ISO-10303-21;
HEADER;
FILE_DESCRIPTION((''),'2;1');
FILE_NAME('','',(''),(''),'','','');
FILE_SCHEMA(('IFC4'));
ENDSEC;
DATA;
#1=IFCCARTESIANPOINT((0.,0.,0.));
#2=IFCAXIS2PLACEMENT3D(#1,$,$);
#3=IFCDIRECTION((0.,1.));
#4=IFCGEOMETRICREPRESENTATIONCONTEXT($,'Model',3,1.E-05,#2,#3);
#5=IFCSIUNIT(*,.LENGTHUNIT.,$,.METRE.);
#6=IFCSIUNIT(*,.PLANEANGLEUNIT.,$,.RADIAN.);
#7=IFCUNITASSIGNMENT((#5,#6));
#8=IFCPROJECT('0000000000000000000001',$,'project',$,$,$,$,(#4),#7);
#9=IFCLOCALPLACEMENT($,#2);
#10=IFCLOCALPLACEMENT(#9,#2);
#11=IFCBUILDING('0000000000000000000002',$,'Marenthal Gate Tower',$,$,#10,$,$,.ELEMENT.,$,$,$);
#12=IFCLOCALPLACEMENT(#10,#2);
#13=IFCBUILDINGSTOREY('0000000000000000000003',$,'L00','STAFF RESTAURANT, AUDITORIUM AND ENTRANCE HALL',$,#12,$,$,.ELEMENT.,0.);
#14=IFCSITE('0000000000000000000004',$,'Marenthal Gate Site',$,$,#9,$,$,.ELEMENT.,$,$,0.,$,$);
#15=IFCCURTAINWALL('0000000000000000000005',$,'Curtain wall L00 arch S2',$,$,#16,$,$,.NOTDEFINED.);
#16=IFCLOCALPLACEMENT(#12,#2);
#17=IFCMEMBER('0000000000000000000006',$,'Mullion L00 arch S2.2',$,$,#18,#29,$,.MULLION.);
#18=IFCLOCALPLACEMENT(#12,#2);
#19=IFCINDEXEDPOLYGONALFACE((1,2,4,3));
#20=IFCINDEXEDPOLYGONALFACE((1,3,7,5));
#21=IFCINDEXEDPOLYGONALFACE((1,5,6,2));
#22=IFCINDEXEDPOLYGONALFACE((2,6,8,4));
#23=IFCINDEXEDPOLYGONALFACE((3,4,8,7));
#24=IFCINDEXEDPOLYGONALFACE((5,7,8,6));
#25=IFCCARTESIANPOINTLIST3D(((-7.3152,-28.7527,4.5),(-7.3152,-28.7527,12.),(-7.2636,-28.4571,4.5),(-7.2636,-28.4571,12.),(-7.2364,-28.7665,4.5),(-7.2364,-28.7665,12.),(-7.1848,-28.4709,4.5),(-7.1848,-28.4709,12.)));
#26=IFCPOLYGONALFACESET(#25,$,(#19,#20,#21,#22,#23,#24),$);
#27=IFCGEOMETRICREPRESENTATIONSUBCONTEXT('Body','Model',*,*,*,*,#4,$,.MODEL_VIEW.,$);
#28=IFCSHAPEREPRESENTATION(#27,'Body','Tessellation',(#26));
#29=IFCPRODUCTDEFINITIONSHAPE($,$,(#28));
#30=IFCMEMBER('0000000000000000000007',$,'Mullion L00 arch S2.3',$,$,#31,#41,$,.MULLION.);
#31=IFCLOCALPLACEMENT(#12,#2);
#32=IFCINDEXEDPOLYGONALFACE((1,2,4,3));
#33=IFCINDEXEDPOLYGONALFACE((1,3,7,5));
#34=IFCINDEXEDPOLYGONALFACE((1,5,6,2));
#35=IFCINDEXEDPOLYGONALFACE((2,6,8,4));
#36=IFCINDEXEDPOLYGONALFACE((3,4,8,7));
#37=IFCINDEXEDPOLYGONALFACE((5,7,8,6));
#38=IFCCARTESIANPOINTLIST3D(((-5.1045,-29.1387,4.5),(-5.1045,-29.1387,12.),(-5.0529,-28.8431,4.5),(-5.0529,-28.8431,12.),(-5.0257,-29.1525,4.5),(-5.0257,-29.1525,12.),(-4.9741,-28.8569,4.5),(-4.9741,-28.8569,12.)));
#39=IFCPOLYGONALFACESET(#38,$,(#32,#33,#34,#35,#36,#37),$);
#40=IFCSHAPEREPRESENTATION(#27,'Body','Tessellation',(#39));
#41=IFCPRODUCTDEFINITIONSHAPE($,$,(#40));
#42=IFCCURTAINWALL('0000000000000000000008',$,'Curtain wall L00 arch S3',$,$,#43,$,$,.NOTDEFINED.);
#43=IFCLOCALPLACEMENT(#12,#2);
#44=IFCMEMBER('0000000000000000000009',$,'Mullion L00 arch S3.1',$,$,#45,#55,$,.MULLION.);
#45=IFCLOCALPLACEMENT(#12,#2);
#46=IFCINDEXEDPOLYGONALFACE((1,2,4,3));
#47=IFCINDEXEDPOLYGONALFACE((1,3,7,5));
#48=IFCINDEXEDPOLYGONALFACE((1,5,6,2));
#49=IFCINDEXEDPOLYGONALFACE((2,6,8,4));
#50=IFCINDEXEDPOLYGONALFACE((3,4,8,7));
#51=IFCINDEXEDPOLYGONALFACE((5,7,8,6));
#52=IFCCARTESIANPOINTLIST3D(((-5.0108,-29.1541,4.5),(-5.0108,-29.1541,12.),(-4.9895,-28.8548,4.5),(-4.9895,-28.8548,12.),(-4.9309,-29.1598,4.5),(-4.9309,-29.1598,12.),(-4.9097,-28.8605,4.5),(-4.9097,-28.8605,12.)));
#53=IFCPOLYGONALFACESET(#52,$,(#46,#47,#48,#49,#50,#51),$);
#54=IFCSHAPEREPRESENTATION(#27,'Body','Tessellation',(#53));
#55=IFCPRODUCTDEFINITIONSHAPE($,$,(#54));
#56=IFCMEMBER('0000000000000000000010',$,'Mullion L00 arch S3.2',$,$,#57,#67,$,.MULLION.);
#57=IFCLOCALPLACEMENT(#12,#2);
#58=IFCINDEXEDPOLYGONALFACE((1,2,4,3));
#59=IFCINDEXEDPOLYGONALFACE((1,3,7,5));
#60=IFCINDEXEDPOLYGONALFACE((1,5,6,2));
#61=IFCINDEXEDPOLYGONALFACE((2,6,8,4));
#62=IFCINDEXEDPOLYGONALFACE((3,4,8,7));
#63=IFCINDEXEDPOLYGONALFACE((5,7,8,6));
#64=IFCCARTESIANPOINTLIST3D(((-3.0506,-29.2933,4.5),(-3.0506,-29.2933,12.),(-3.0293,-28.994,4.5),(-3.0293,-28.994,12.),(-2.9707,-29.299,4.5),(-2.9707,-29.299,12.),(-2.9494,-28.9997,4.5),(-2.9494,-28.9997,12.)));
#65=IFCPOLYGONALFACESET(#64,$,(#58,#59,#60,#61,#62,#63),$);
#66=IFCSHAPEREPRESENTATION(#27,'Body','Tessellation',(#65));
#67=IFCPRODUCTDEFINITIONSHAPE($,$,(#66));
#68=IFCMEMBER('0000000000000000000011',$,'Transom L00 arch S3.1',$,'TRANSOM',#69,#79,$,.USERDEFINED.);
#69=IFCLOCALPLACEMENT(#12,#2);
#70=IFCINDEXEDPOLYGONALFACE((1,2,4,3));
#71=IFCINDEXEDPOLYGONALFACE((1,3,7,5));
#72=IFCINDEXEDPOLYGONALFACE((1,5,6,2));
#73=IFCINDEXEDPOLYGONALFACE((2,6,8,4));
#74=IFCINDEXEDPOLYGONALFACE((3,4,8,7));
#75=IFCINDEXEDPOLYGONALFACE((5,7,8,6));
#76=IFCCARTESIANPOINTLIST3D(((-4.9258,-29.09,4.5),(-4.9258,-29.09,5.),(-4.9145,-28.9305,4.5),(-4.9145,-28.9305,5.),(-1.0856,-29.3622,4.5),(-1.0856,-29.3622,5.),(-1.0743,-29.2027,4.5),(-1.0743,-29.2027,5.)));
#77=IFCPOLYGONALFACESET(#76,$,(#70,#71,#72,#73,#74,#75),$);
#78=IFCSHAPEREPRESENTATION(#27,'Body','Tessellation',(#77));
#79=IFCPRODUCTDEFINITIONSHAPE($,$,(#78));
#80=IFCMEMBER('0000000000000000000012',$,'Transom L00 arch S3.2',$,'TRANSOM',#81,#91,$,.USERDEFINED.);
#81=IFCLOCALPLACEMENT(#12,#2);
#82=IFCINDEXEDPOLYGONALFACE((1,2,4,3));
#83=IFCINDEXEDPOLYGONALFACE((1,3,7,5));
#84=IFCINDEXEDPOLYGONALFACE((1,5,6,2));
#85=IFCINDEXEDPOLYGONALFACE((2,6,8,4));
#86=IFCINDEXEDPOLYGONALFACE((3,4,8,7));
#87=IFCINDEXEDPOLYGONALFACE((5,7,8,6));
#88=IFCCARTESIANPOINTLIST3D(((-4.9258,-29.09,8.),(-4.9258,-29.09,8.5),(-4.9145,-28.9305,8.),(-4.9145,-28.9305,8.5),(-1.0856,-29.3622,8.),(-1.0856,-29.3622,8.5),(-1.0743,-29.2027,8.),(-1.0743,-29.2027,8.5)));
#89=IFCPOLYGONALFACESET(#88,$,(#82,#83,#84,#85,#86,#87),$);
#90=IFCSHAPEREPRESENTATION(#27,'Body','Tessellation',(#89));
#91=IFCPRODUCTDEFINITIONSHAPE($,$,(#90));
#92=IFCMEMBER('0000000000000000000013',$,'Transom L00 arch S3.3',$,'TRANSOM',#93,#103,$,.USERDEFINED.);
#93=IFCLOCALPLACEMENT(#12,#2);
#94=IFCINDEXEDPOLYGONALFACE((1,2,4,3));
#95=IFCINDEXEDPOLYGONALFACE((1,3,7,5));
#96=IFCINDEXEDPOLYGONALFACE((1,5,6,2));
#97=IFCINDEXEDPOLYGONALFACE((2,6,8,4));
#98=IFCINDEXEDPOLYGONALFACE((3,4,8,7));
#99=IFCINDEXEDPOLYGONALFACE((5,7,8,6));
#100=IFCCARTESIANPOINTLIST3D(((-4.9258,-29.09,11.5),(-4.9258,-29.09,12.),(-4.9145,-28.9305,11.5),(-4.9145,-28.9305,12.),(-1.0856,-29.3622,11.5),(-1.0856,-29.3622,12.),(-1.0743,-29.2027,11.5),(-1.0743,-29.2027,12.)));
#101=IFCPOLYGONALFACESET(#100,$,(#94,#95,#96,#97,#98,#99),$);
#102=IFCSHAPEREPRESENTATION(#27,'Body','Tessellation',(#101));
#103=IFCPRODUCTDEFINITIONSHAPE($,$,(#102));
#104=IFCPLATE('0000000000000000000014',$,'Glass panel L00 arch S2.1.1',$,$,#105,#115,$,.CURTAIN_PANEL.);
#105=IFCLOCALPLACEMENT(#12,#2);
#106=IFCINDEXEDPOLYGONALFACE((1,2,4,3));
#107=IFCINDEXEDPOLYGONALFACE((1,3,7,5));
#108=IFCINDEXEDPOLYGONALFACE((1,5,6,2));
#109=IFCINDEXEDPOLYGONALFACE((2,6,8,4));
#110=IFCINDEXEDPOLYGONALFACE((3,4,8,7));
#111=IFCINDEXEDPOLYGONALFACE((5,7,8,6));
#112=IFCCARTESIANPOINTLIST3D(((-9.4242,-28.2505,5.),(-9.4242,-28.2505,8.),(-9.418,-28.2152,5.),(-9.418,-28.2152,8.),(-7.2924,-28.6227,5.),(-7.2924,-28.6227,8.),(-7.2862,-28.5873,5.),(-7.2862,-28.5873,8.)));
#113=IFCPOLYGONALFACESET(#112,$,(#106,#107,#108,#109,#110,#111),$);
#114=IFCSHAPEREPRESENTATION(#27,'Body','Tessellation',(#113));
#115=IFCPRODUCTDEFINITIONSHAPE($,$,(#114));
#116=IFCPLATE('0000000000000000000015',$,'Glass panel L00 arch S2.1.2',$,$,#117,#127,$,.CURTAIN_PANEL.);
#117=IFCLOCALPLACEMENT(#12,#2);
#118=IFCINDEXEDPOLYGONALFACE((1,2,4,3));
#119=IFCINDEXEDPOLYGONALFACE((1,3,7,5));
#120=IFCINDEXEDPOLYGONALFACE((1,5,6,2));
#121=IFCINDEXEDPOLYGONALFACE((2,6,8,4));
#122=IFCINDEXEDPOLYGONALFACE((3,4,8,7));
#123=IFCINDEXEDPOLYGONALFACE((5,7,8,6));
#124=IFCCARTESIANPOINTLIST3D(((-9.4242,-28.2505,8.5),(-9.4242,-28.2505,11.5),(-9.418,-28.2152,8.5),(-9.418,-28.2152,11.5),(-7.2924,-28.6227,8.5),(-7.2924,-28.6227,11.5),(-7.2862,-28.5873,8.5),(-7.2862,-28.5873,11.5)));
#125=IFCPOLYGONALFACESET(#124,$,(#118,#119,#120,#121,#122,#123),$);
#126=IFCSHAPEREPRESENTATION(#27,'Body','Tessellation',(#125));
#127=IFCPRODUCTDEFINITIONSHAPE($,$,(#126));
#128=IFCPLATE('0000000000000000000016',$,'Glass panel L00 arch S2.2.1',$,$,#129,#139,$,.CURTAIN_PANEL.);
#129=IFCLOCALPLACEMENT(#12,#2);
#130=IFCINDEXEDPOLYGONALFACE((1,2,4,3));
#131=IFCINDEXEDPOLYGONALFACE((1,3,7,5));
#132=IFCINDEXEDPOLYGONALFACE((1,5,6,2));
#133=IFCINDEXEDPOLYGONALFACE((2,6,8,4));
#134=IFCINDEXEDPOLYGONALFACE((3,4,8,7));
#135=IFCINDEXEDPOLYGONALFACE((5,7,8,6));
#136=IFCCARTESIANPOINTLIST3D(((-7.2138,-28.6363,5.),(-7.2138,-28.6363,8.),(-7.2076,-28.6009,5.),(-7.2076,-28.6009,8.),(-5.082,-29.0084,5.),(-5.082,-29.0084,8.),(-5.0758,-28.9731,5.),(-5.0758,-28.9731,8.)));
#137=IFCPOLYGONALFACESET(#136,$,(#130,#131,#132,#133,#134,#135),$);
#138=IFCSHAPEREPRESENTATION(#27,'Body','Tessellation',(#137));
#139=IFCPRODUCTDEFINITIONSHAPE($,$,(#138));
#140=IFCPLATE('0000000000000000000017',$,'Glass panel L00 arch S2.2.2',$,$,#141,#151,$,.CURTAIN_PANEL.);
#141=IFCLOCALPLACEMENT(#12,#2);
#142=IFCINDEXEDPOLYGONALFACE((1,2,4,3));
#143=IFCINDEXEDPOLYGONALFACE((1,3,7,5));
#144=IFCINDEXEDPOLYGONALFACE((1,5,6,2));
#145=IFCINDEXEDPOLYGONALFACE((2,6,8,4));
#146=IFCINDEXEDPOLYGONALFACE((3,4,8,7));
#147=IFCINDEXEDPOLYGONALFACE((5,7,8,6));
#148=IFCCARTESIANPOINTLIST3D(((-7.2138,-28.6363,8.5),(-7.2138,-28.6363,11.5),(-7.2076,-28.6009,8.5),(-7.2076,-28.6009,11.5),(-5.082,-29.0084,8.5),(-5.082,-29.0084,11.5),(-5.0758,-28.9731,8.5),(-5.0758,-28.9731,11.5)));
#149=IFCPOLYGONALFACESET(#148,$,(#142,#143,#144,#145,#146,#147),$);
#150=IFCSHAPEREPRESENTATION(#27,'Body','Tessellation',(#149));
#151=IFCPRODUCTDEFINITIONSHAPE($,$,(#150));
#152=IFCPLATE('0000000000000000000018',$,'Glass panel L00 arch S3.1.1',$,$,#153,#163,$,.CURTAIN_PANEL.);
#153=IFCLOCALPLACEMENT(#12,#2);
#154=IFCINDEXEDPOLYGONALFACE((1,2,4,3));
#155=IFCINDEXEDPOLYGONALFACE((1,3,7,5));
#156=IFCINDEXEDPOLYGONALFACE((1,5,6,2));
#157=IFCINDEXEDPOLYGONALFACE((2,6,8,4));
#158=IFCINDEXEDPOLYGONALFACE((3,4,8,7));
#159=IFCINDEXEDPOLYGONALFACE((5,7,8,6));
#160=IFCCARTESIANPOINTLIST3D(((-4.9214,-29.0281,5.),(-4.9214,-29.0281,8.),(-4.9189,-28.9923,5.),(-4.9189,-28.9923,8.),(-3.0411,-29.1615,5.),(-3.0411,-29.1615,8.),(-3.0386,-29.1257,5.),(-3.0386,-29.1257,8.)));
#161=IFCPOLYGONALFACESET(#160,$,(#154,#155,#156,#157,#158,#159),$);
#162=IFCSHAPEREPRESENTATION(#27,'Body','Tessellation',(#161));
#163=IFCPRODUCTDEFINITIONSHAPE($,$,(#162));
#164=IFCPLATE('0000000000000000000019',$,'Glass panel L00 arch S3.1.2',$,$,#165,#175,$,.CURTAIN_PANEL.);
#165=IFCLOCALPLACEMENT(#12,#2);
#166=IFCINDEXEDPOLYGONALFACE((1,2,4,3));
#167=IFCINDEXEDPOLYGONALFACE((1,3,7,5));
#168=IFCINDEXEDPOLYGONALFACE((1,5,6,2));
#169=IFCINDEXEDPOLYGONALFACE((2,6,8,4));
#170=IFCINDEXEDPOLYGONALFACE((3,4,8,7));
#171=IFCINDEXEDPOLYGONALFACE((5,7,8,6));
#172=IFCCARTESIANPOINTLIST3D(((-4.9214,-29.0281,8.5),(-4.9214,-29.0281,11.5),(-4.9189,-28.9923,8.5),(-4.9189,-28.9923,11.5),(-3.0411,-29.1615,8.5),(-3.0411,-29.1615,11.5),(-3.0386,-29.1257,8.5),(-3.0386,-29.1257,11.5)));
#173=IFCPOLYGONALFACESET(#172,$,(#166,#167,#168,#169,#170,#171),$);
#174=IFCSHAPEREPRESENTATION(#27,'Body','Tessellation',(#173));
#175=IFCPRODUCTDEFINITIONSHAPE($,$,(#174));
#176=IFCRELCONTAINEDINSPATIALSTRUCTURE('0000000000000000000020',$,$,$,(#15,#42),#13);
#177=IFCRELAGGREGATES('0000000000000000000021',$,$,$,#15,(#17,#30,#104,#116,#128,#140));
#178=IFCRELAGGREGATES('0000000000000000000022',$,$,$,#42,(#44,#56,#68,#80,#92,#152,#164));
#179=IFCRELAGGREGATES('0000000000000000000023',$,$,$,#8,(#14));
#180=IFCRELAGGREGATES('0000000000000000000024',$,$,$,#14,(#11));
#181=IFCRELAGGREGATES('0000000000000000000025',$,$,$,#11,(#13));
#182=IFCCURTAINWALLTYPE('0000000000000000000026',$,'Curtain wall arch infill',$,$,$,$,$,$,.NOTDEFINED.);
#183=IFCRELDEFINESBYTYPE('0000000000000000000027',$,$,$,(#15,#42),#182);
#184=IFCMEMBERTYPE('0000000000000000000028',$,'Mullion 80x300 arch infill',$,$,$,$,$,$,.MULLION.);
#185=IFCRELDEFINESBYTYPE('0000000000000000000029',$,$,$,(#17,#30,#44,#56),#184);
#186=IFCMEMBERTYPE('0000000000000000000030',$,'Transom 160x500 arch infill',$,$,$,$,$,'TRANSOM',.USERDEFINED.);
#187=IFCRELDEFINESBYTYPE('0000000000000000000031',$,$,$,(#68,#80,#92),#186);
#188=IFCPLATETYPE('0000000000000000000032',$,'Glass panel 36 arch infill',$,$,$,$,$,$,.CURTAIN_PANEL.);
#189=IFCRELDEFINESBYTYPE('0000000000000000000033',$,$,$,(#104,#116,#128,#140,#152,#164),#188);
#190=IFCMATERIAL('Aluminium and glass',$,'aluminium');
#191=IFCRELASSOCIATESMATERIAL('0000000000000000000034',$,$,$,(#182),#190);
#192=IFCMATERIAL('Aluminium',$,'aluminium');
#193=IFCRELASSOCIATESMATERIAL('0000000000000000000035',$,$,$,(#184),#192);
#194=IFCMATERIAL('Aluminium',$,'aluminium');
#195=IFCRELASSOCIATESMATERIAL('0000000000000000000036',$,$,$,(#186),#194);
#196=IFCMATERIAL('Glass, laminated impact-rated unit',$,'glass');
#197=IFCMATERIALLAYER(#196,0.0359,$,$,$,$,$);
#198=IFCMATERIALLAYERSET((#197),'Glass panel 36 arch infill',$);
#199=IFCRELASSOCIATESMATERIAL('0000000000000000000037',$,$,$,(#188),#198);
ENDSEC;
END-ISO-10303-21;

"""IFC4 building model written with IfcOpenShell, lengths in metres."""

from ifc_helpers import new_model, si_unit, direction, frame, origin, origin_2d, place, context, subcontext, project, spatial, rectangle, extrude, material, layer, layer_set, material_profile, profile_set, type_object, element, aggregate, save


model = new_model("IFC4")

# Units and contexts
model_context = context("Model", 3, precision=1e-05, world=origin(), true_north=direction((0.0, 1.0)))
body_context = subcontext(model_context, "Body", "Model", "MODEL_VIEW")
ifc_project = project(units=[si_unit("LENGTHUNIT", "METRE"), si_unit("PLANEANGLEUNIT", "RADIAN")], contexts=[model_context])

# Site, building, storey
site_placement = place(None, origin())
site = spatial("IfcSite", under=ifc_project, at=site_placement, Name="Marenthal Gate Site", CompositionType="ELEMENT", RefElevation=0.0)
building_placement = place(site_placement, origin())
building = spatial("IfcBuilding", under=site, at=building_placement, Name="Marenthal Gate Tower", CompositionType="ELEMENT")
storey_placement = place(building_placement, origin())
storey = spatial("IfcBuildingStorey", under=building, at=storey_placement, Name="L00", Description="STAFF RESTAURANT, AUDITORIUM AND ENTRANCE HALL", CompositionType="ELEMENT", Elevation=0.0)

# Curtain walls, members
ifc_material_1 = material(Name="Aluminium and glass", Category="aluminium")
curtain_wall_type = type_object("IfcCurtainWallType", Name="Curtain wall arch infill", PredefinedType="NOTDEFINED", material=ifc_material_1)
curtain_wall_1_placement = place(storey_placement, origin())
curtain_wall_1 = element("IfcCurtainWall", 1, at=curtain_wall_1_placement, inside=storey, type_object=curtain_wall_type, Name="Curtain wall L00 arch S2", PredefinedType="NOTDEFINED")
ifc_material_2 = material(Name="Aluminium", Category="aluminium")
ifc_material_profile_1 = material_profile(ifc_material_2, rectangle(XDim=0.3, YDim=0.0801, at=origin_2d()), Name="80x300 aluminium mullion")
ifc_profile_set_1 = profile_set([ifc_material_profile_1], Name="Aluminium")
member_type_1 = type_object("IfcMemberType", Name="Mullion 80x300 arch infill", PredefinedType="MULLION", material=ifc_profile_set_1)
member_1_placement = place(storey_placement, frame((-7.25, -28.6118, 4.5), z_axis=(0.0, 0.0, 1.0), x_axis=(0.171973, 0.985102, 0.0)))
member_1 = element("IfcMember", 2, at=member_1_placement, type_object=member_type_1, Name="Mullion L00 arch S2.2", PredefinedType="MULLION", context=body_context, shape_type="SweptSolid", body=[
    extrude(rectangle(XDim=0.3, YDim=0.0801, at=origin_2d()), origin(), (0.0, 0.0, 1.0), 7.5),
])
member_2_placement = place(storey_placement, frame((-5.0393, -28.9978, 4.5), z_axis=(0.0, 0.0, 1.0), x_axis=(0.171973, 0.985102, 0.0)))
member_2 = element("IfcMember", 3, at=member_2_placement, type_object=member_type_1, Name="Mullion L00 arch S2.3", PredefinedType="MULLION", context=body_context, shape_type="SweptSolid", body=[
    extrude(rectangle(XDim=0.3, YDim=0.0801, at=origin_2d()), origin(), (0.0, 0.0, 1.0), 7.5),
])
curtain_wall_2_placement = place(storey_placement, origin())
curtain_wall_2 = element("IfcCurtainWall", 4, at=curtain_wall_2_placement, inside=storey, type_object=curtain_wall_type, Name="Curtain wall L00 arch S3", PredefinedType="NOTDEFINED")
member_3_placement = place(storey_placement, frame((-4.9602, -29.0073, 4.5), z_axis=(0.0, 0.0, 1.0), x_axis=(0.070735, 0.997495, 0.0)))
member_3 = element("IfcMember", 5, at=member_3_placement, type_object=member_type_1, Name="Mullion L00 arch S3.1", PredefinedType="MULLION", context=body_context, shape_type="SweptSolid", body=[
    extrude(rectangle(XDim=0.3, YDim=0.0801, at=origin_2d()), origin(), (0.0, 0.0, 1.0), 7.5),
])
member_4_placement = place(storey_placement, frame((-3.0, -29.1465, 4.5), z_axis=(0.0, 0.0, 1.0), x_axis=(0.070735, 0.997495, 0.0)))
member_4 = element("IfcMember", 6, at=member_4_placement, type_object=member_type_1, Name="Mullion L00 arch S3.2", PredefinedType="MULLION", context=body_context, shape_type="SweptSolid", body=[
    extrude(rectangle(XDim=0.3, YDim=0.0801, at=origin_2d()), origin(), (0.0, 0.0, 1.0), 7.5),
])
ifc_material_3 = material(Name="Aluminium", Category="aluminium")
ifc_material_profile_2 = material_profile(ifc_material_3, rectangle(XDim=0.1599, YDim=0.5, at=origin_2d()), Name="160x500 aluminium transom")
ifc_profile_set_2 = profile_set([ifc_material_profile_2], Name="Aluminium")
member_type_2 = type_object("IfcMemberType", Name="Transom 160x500 arch infill", ElementType="TRANSOM", PredefinedType="USERDEFINED", material=ifc_profile_set_2)
member_5_placement = place(storey_placement, frame((-4.9202, -29.0103, 4.75), z_axis=(0.997497, -0.070706, 0.0), x_axis=(0.070706, 0.997497, 0.0)))
member_5 = element("IfcMember", 7, at=member_5_placement, type_object=member_type_2, Name="Transom L00 arch S3.1", ObjectType="TRANSOM", PredefinedType="USERDEFINED", context=body_context, shape_type="SweptSolid", body=[
    extrude(rectangle(XDim=0.1599, YDim=0.5, at=origin_2d()), origin(), (0.0, 0.0, 1.0), 3.8499),
])
member_6_placement = place(storey_placement, frame((-4.9202, -29.0103, 8.25), z_axis=(0.997497, -0.070706, 0.0), x_axis=(0.070706, 0.997497, 0.0)))
member_6 = element("IfcMember", 8, at=member_6_placement, type_object=member_type_2, Name="Transom L00 arch S3.2", ObjectType="TRANSOM", PredefinedType="USERDEFINED", context=body_context, shape_type="SweptSolid", body=[
    extrude(rectangle(XDim=0.1599, YDim=0.5, at=origin_2d()), origin(), (0.0, 0.0, 1.0), 3.8499),
])
member_7_placement = place(storey_placement, frame((-4.9202, -29.0103, 11.75), z_axis=(0.997497, -0.070706, 0.0), x_axis=(0.070706, 0.997497, 0.0)))
member_7 = element("IfcMember", 9, at=member_7_placement, type_object=member_type_2, Name="Transom L00 arch S3.3", ObjectType="TRANSOM", PredefinedType="USERDEFINED", context=body_context, shape_type="SweptSolid", body=[
    extrude(rectangle(XDim=0.1599, YDim=0.5, at=origin_2d()), origin(), (0.0, 0.0, 1.0), 3.8499),
])

# Plates
ifc_material_4 = material(Name="Glass, laminated impact-rated unit", Category="glass")
ifc_layer_1 = layer(ifc_material_4, 0.0359)
ifc_layer_set_1 = layer_set([ifc_layer_1], Name="Glass panel 36 arch infill")
plate_type = type_object("IfcPlateType", Name="Glass panel 36 arch infill", PredefinedType="CURTAIN_PANEL", material=ifc_layer_set_1)
plate_1_placement = place(storey_placement, frame((-8.3552, -28.4189, 5.0), z_axis=(0.0, 0.0, 1.0), x_axis=(0.985102, -0.171973, 0.0)))
plate_1 = element("IfcPlate", 10, at=plate_1_placement, type_object=plate_type, Name="Glass panel L00 arch S2.1.1", PredefinedType="CURTAIN_PANEL", context=body_context, shape_type="SweptSolid", body=[
    extrude(rectangle(XDim=2.1641, YDim=0.0359, at=origin_2d()), origin(), (0.0, 0.0, 1.0), 3.0),
])
plate_2_placement = place(storey_placement, frame((-8.3552, -28.4189, 8.5), z_axis=(0.0, 0.0, 1.0), x_axis=(0.985102, -0.171973, 0.0)))
plate_2 = element("IfcPlate", 11, at=plate_2_placement, type_object=plate_type, Name="Glass panel L00 arch S2.1.2", PredefinedType="CURTAIN_PANEL", context=body_context, shape_type="SweptSolid", body=[
    extrude(rectangle(XDim=2.1641, YDim=0.0359, at=origin_2d()), origin(), (0.0, 0.0, 1.0), 3.0),
])
plate_3_placement = place(storey_placement, frame((-6.1448, -28.8047, 5.0), z_axis=(0.0, 0.0, 1.0), x_axis=(0.985102, -0.171973, 0.0)))
plate_3 = element("IfcPlate", 12, at=plate_3_placement, type_object=plate_type, Name="Glass panel L00 arch S2.2.1", PredefinedType="CURTAIN_PANEL", context=body_context, shape_type="SweptSolid", body=[
    extrude(rectangle(XDim=2.1641, YDim=0.0359, at=origin_2d()), origin(), (0.0, 0.0, 1.0), 3.0),
])
plate_4_placement = place(storey_placement, frame((-6.1448, -28.8047, 8.5), z_axis=(0.0, 0.0, 1.0), x_axis=(0.985102, -0.171973, 0.0)))
plate_4 = element("IfcPlate", 13, at=plate_4_placement, type_object=plate_type, Name="Glass panel L00 arch S2.2.2", PredefinedType="CURTAIN_PANEL", context=body_context, shape_type="SweptSolid", body=[
    extrude(rectangle(XDim=2.1641, YDim=0.0359, at=origin_2d()), origin(), (0.0, 0.0, 1.0), 3.0),
])
aggregate(curtain_wall_1, [member_1, member_2, plate_1, plate_2, plate_3, plate_4])
plate_5_placement = place(storey_placement, frame((-3.98, -29.0769, 5.0), z_axis=(0.0, 0.0, 1.0), x_axis=(0.997495, -0.070735, 0.0)))
plate_5 = element("IfcPlate", 14, at=plate_5_placement, type_object=plate_type, Name="Glass panel L00 arch S3.1.1", PredefinedType="CURTAIN_PANEL", context=body_context, shape_type="SweptSolid", body=[
    extrude(rectangle(XDim=1.885, YDim=0.0359, at=origin_2d()), origin(), (0.0, 0.0, 1.0), 3.0),
])
plate_6_placement = place(storey_placement, frame((-3.98, -29.0769, 8.5), z_axis=(0.0, 0.0, 1.0), x_axis=(0.997495, -0.070735, 0.0)))
plate_6 = element("IfcPlate", 15, at=plate_6_placement, type_object=plate_type, Name="Glass panel L00 arch S3.1.2", PredefinedType="CURTAIN_PANEL", context=body_context, shape_type="SweptSolid", body=[
    extrude(rectangle(XDim=1.885, YDim=0.0359, at=origin_2d()), origin(), (0.0, 0.0, 1.0), 3.0),
])
aggregate(curtain_wall_2, [member_3, member_4, member_5, member_6, member_7, plate_5, plate_6])

save(model, "model.ifc")
